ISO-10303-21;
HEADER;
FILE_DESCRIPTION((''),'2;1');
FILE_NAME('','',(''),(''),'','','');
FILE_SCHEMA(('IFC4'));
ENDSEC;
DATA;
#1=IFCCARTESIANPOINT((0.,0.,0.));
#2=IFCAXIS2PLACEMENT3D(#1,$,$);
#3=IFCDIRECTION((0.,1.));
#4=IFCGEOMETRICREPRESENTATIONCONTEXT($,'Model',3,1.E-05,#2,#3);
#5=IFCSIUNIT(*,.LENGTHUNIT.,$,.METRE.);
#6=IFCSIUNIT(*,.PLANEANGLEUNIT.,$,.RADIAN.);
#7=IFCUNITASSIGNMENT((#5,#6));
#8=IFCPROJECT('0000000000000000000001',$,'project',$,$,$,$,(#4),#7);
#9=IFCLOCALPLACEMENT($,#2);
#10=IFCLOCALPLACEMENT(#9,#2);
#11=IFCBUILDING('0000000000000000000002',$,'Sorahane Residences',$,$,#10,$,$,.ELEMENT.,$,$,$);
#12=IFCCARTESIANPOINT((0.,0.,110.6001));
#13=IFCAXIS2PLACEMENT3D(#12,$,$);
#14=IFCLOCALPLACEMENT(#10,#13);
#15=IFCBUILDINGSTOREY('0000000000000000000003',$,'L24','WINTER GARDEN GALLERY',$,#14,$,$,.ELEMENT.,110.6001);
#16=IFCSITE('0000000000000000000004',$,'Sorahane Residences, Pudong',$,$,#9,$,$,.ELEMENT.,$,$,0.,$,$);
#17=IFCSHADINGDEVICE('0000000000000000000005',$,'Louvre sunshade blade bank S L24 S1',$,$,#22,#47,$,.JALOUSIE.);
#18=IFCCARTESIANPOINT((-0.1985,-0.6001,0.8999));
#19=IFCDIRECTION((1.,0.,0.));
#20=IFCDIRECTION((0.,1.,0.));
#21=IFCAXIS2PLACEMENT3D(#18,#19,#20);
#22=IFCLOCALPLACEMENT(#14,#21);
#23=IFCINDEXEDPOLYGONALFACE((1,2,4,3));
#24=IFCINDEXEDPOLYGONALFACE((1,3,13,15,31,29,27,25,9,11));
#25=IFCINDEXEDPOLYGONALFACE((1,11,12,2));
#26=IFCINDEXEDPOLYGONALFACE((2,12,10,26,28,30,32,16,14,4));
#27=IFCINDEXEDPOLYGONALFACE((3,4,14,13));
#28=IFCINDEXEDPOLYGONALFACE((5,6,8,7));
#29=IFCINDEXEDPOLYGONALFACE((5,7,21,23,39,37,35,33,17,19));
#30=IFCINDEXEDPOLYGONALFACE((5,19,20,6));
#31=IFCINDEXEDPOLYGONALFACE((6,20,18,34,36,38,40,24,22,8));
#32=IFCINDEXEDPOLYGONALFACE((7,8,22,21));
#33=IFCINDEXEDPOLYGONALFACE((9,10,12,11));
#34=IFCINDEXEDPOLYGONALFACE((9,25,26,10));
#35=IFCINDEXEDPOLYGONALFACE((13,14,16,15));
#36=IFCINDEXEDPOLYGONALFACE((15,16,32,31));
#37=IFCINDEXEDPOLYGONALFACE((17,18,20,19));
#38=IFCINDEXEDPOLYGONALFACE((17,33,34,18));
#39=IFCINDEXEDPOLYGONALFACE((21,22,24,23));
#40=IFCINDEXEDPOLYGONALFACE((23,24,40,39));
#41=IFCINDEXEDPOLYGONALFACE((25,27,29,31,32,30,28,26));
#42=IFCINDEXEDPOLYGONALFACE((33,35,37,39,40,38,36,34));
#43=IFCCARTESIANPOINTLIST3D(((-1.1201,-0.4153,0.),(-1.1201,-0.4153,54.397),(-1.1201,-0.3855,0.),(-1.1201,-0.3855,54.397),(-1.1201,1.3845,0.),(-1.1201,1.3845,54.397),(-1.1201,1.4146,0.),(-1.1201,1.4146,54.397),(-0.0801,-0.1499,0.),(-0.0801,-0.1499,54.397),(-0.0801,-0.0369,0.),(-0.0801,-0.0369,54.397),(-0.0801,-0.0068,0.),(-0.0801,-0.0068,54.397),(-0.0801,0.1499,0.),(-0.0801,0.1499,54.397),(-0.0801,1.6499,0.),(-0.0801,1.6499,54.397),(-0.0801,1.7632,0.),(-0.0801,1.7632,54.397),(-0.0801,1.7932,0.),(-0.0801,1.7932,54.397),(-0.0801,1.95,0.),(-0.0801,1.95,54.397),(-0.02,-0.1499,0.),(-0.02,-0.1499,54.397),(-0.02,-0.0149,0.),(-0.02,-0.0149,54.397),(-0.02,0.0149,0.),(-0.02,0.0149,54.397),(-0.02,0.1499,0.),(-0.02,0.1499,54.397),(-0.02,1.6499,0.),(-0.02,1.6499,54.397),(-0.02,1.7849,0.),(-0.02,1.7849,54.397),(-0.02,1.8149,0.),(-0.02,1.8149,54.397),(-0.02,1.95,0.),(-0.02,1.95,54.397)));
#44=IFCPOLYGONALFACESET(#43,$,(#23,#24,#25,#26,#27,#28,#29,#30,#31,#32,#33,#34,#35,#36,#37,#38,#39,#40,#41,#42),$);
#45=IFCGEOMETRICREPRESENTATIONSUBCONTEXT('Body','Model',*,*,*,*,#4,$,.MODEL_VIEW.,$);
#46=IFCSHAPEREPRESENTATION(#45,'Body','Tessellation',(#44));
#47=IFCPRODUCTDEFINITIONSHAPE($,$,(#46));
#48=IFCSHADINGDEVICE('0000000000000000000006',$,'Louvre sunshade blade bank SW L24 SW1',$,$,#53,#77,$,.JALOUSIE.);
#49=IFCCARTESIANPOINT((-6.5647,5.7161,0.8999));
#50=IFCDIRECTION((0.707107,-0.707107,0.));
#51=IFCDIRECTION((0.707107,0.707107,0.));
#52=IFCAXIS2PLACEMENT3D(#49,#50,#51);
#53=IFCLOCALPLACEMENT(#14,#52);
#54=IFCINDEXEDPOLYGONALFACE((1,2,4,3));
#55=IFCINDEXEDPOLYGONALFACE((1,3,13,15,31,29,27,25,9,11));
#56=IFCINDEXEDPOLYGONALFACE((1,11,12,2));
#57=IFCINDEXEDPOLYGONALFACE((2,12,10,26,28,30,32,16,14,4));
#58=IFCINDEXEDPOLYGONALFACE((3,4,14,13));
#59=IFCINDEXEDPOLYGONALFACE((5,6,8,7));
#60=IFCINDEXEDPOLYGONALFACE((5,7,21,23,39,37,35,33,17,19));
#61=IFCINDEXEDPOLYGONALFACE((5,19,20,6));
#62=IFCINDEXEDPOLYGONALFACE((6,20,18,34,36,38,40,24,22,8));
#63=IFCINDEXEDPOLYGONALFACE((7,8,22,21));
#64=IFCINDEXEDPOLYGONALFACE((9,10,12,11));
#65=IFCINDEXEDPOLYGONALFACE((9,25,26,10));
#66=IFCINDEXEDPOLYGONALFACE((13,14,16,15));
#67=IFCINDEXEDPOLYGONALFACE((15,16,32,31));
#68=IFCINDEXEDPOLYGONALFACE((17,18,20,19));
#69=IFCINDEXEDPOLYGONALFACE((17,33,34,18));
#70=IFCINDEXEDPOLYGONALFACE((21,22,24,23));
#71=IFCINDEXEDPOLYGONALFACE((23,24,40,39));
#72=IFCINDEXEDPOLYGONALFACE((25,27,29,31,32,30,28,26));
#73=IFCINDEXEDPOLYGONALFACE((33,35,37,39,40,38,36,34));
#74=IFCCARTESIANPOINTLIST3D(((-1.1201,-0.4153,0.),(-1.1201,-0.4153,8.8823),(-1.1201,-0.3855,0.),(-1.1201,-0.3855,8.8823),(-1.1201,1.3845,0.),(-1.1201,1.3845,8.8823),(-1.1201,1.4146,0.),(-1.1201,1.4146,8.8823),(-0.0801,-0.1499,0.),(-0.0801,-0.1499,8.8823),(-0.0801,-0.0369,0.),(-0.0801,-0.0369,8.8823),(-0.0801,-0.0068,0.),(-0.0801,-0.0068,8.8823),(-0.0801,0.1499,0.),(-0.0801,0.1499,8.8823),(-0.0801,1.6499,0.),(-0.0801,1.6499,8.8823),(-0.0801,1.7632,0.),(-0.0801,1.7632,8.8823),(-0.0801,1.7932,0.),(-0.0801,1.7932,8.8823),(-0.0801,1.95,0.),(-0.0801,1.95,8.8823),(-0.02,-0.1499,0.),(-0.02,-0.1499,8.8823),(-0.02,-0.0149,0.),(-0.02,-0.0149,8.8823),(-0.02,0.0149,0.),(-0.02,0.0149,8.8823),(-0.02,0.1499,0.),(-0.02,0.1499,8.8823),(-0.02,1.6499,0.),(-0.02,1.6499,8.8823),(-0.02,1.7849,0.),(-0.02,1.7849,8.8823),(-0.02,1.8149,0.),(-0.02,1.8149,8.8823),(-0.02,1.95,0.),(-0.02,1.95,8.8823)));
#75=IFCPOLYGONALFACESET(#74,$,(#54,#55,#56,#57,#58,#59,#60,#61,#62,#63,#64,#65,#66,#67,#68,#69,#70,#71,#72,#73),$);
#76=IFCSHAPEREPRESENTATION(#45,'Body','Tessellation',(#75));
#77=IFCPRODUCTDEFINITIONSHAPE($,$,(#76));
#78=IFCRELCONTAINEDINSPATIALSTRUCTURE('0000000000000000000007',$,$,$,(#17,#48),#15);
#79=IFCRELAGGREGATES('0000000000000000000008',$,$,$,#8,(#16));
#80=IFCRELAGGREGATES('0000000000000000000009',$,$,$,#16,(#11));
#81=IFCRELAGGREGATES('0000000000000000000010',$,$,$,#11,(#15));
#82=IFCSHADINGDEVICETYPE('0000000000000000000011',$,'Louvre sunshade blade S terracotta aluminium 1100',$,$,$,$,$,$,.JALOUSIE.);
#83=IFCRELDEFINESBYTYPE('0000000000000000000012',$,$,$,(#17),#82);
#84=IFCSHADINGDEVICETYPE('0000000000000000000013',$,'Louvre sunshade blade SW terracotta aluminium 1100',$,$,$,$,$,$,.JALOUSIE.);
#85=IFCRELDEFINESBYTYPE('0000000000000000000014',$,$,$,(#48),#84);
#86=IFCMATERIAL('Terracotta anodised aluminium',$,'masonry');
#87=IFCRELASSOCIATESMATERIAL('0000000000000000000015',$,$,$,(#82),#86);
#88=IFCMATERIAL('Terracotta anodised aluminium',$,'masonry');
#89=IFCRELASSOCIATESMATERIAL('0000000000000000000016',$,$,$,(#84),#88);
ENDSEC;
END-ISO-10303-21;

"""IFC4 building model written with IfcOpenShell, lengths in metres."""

from ifc_helpers import new_model, si_unit, direction, frame, origin, place, context, subcontext, project, spatial, polyline, outline, composite_profile, extrude, material, type_object, element, save


model = new_model("IFC4")

# Units and contexts
model_context = context("Model", 3, precision=1e-05, world=origin(), true_north=direction((0.0, 1.0)))
body_context = subcontext(model_context, "Body", "Model", "MODEL_VIEW")
ifc_project = project(units=[si_unit("LENGTHUNIT", "METRE"), si_unit("PLANEANGLEUNIT", "RADIAN")], contexts=[model_context])

# Site, building, storey
site_placement = place(None, origin())
site = spatial("IfcSite", under=ifc_project, at=site_placement, Name="Sorahane Residences, Pudong", CompositionType="ELEMENT", RefElevation=0.0)
building_placement = place(site_placement, origin())
building = spatial("IfcBuilding", under=site, at=building_placement, Name="Sorahane Residences", CompositionType="ELEMENT")
storey_placement = place(building_placement, frame((0.0, 0.0, 110.6001)))
storey = spatial("IfcBuildingStorey", under=building, at=storey_placement, Name="L24", Description="WINTER GARDEN GALLERY", CompositionType="ELEMENT", Elevation=110.6001)

# Shading devices
ifc_material_1 = material(Name="Terracotta anodised aluminium", Category="masonry")
shading_device_type_1 = type_object("IfcShadingDeviceType", Name="Louvre sunshade blade S terracotta aluminium 1100", PredefinedType="JALOUSIE", material=ifc_material_1)
shading_device_1_placement = place(storey_placement, frame((-0.1985, -0.6001, 0.8999), z_axis=(1.0, 0.0, 0.0), x_axis=(0.0, 1.0, 0.0)))
element("IfcShadingDevice", 1, at=shading_device_1_placement, inside=storey, type_object=shading_device_type_1, Name="Louvre sunshade blade bank S L24 S1", PredefinedType="JALOUSIE", context=body_context, shape_type="SweptSolid", body=[
    extrude(composite_profile([outline(polyline([(-1.1201, -0.3855), (-1.1201, -0.4153), (-0.0801, -0.0369), (-0.0801, -0.1499), (-0.02, -0.1499), (-0.02, -0.0149), (-0.02, 0.0149), (-0.02, 0.1499), (-0.0801, 0.1499), (-0.0801, -0.0068), (-1.1201, -0.3855)])), outline(polyline([(-1.1201, 1.4146), (-1.1201, 1.3845), (-0.0801, 1.7632), (-0.0801, 1.6499), (-0.02, 1.6499), (-0.02, 1.7849), (-0.02, 1.8149), (-0.02, 1.95), (-0.0801, 1.95), (-0.0801, 1.7932), (-1.1201, 1.4146)]))]), origin(), (0.0, 0.0, 1.0), 54.397),
])
ifc_material_2 = material(Name="Terracotta anodised aluminium", Category="masonry")
shading_device_type_2 = type_object("IfcShadingDeviceType", Name="Louvre sunshade blade SW terracotta aluminium 1100", PredefinedType="JALOUSIE", material=ifc_material_2)
shading_device_2_placement = place(storey_placement, frame((-6.5647, 5.7161, 0.8999), z_axis=(0.707107, -0.707107, 0.0), x_axis=(0.707107, 0.707107, 0.0)))
element("IfcShadingDevice", 2, at=shading_device_2_placement, inside=storey, type_object=shading_device_type_2, Name="Louvre sunshade blade bank SW L24 SW1", PredefinedType="JALOUSIE", context=body_context, shape_type="SweptSolid", body=[
    extrude(composite_profile([outline(polyline([(-1.1201, -0.3855), (-1.1201, -0.4153), (-0.0801, -0.0369), (-0.0801, -0.1499), (-0.02, -0.1499), (-0.02, -0.0149), (-0.02, 0.0149), (-0.02, 0.1499), (-0.0801, 0.1499), (-0.0801, -0.0068), (-1.1201, -0.3855)])), outline(polyline([(-1.1201, 1.4146), (-1.1201, 1.3845), (-0.0801, 1.7632), (-0.0801, 1.6499), (-0.02, 1.6499), (-0.02, 1.7849), (-0.02, 1.8149), (-0.02, 1.95), (-0.0801, 1.95), (-0.0801, 1.7932), (-1.1201, 1.4146)]))]), origin(), (0.0, 0.0, 1.0), 8.8823),
])

save(model, "model.ifc")
